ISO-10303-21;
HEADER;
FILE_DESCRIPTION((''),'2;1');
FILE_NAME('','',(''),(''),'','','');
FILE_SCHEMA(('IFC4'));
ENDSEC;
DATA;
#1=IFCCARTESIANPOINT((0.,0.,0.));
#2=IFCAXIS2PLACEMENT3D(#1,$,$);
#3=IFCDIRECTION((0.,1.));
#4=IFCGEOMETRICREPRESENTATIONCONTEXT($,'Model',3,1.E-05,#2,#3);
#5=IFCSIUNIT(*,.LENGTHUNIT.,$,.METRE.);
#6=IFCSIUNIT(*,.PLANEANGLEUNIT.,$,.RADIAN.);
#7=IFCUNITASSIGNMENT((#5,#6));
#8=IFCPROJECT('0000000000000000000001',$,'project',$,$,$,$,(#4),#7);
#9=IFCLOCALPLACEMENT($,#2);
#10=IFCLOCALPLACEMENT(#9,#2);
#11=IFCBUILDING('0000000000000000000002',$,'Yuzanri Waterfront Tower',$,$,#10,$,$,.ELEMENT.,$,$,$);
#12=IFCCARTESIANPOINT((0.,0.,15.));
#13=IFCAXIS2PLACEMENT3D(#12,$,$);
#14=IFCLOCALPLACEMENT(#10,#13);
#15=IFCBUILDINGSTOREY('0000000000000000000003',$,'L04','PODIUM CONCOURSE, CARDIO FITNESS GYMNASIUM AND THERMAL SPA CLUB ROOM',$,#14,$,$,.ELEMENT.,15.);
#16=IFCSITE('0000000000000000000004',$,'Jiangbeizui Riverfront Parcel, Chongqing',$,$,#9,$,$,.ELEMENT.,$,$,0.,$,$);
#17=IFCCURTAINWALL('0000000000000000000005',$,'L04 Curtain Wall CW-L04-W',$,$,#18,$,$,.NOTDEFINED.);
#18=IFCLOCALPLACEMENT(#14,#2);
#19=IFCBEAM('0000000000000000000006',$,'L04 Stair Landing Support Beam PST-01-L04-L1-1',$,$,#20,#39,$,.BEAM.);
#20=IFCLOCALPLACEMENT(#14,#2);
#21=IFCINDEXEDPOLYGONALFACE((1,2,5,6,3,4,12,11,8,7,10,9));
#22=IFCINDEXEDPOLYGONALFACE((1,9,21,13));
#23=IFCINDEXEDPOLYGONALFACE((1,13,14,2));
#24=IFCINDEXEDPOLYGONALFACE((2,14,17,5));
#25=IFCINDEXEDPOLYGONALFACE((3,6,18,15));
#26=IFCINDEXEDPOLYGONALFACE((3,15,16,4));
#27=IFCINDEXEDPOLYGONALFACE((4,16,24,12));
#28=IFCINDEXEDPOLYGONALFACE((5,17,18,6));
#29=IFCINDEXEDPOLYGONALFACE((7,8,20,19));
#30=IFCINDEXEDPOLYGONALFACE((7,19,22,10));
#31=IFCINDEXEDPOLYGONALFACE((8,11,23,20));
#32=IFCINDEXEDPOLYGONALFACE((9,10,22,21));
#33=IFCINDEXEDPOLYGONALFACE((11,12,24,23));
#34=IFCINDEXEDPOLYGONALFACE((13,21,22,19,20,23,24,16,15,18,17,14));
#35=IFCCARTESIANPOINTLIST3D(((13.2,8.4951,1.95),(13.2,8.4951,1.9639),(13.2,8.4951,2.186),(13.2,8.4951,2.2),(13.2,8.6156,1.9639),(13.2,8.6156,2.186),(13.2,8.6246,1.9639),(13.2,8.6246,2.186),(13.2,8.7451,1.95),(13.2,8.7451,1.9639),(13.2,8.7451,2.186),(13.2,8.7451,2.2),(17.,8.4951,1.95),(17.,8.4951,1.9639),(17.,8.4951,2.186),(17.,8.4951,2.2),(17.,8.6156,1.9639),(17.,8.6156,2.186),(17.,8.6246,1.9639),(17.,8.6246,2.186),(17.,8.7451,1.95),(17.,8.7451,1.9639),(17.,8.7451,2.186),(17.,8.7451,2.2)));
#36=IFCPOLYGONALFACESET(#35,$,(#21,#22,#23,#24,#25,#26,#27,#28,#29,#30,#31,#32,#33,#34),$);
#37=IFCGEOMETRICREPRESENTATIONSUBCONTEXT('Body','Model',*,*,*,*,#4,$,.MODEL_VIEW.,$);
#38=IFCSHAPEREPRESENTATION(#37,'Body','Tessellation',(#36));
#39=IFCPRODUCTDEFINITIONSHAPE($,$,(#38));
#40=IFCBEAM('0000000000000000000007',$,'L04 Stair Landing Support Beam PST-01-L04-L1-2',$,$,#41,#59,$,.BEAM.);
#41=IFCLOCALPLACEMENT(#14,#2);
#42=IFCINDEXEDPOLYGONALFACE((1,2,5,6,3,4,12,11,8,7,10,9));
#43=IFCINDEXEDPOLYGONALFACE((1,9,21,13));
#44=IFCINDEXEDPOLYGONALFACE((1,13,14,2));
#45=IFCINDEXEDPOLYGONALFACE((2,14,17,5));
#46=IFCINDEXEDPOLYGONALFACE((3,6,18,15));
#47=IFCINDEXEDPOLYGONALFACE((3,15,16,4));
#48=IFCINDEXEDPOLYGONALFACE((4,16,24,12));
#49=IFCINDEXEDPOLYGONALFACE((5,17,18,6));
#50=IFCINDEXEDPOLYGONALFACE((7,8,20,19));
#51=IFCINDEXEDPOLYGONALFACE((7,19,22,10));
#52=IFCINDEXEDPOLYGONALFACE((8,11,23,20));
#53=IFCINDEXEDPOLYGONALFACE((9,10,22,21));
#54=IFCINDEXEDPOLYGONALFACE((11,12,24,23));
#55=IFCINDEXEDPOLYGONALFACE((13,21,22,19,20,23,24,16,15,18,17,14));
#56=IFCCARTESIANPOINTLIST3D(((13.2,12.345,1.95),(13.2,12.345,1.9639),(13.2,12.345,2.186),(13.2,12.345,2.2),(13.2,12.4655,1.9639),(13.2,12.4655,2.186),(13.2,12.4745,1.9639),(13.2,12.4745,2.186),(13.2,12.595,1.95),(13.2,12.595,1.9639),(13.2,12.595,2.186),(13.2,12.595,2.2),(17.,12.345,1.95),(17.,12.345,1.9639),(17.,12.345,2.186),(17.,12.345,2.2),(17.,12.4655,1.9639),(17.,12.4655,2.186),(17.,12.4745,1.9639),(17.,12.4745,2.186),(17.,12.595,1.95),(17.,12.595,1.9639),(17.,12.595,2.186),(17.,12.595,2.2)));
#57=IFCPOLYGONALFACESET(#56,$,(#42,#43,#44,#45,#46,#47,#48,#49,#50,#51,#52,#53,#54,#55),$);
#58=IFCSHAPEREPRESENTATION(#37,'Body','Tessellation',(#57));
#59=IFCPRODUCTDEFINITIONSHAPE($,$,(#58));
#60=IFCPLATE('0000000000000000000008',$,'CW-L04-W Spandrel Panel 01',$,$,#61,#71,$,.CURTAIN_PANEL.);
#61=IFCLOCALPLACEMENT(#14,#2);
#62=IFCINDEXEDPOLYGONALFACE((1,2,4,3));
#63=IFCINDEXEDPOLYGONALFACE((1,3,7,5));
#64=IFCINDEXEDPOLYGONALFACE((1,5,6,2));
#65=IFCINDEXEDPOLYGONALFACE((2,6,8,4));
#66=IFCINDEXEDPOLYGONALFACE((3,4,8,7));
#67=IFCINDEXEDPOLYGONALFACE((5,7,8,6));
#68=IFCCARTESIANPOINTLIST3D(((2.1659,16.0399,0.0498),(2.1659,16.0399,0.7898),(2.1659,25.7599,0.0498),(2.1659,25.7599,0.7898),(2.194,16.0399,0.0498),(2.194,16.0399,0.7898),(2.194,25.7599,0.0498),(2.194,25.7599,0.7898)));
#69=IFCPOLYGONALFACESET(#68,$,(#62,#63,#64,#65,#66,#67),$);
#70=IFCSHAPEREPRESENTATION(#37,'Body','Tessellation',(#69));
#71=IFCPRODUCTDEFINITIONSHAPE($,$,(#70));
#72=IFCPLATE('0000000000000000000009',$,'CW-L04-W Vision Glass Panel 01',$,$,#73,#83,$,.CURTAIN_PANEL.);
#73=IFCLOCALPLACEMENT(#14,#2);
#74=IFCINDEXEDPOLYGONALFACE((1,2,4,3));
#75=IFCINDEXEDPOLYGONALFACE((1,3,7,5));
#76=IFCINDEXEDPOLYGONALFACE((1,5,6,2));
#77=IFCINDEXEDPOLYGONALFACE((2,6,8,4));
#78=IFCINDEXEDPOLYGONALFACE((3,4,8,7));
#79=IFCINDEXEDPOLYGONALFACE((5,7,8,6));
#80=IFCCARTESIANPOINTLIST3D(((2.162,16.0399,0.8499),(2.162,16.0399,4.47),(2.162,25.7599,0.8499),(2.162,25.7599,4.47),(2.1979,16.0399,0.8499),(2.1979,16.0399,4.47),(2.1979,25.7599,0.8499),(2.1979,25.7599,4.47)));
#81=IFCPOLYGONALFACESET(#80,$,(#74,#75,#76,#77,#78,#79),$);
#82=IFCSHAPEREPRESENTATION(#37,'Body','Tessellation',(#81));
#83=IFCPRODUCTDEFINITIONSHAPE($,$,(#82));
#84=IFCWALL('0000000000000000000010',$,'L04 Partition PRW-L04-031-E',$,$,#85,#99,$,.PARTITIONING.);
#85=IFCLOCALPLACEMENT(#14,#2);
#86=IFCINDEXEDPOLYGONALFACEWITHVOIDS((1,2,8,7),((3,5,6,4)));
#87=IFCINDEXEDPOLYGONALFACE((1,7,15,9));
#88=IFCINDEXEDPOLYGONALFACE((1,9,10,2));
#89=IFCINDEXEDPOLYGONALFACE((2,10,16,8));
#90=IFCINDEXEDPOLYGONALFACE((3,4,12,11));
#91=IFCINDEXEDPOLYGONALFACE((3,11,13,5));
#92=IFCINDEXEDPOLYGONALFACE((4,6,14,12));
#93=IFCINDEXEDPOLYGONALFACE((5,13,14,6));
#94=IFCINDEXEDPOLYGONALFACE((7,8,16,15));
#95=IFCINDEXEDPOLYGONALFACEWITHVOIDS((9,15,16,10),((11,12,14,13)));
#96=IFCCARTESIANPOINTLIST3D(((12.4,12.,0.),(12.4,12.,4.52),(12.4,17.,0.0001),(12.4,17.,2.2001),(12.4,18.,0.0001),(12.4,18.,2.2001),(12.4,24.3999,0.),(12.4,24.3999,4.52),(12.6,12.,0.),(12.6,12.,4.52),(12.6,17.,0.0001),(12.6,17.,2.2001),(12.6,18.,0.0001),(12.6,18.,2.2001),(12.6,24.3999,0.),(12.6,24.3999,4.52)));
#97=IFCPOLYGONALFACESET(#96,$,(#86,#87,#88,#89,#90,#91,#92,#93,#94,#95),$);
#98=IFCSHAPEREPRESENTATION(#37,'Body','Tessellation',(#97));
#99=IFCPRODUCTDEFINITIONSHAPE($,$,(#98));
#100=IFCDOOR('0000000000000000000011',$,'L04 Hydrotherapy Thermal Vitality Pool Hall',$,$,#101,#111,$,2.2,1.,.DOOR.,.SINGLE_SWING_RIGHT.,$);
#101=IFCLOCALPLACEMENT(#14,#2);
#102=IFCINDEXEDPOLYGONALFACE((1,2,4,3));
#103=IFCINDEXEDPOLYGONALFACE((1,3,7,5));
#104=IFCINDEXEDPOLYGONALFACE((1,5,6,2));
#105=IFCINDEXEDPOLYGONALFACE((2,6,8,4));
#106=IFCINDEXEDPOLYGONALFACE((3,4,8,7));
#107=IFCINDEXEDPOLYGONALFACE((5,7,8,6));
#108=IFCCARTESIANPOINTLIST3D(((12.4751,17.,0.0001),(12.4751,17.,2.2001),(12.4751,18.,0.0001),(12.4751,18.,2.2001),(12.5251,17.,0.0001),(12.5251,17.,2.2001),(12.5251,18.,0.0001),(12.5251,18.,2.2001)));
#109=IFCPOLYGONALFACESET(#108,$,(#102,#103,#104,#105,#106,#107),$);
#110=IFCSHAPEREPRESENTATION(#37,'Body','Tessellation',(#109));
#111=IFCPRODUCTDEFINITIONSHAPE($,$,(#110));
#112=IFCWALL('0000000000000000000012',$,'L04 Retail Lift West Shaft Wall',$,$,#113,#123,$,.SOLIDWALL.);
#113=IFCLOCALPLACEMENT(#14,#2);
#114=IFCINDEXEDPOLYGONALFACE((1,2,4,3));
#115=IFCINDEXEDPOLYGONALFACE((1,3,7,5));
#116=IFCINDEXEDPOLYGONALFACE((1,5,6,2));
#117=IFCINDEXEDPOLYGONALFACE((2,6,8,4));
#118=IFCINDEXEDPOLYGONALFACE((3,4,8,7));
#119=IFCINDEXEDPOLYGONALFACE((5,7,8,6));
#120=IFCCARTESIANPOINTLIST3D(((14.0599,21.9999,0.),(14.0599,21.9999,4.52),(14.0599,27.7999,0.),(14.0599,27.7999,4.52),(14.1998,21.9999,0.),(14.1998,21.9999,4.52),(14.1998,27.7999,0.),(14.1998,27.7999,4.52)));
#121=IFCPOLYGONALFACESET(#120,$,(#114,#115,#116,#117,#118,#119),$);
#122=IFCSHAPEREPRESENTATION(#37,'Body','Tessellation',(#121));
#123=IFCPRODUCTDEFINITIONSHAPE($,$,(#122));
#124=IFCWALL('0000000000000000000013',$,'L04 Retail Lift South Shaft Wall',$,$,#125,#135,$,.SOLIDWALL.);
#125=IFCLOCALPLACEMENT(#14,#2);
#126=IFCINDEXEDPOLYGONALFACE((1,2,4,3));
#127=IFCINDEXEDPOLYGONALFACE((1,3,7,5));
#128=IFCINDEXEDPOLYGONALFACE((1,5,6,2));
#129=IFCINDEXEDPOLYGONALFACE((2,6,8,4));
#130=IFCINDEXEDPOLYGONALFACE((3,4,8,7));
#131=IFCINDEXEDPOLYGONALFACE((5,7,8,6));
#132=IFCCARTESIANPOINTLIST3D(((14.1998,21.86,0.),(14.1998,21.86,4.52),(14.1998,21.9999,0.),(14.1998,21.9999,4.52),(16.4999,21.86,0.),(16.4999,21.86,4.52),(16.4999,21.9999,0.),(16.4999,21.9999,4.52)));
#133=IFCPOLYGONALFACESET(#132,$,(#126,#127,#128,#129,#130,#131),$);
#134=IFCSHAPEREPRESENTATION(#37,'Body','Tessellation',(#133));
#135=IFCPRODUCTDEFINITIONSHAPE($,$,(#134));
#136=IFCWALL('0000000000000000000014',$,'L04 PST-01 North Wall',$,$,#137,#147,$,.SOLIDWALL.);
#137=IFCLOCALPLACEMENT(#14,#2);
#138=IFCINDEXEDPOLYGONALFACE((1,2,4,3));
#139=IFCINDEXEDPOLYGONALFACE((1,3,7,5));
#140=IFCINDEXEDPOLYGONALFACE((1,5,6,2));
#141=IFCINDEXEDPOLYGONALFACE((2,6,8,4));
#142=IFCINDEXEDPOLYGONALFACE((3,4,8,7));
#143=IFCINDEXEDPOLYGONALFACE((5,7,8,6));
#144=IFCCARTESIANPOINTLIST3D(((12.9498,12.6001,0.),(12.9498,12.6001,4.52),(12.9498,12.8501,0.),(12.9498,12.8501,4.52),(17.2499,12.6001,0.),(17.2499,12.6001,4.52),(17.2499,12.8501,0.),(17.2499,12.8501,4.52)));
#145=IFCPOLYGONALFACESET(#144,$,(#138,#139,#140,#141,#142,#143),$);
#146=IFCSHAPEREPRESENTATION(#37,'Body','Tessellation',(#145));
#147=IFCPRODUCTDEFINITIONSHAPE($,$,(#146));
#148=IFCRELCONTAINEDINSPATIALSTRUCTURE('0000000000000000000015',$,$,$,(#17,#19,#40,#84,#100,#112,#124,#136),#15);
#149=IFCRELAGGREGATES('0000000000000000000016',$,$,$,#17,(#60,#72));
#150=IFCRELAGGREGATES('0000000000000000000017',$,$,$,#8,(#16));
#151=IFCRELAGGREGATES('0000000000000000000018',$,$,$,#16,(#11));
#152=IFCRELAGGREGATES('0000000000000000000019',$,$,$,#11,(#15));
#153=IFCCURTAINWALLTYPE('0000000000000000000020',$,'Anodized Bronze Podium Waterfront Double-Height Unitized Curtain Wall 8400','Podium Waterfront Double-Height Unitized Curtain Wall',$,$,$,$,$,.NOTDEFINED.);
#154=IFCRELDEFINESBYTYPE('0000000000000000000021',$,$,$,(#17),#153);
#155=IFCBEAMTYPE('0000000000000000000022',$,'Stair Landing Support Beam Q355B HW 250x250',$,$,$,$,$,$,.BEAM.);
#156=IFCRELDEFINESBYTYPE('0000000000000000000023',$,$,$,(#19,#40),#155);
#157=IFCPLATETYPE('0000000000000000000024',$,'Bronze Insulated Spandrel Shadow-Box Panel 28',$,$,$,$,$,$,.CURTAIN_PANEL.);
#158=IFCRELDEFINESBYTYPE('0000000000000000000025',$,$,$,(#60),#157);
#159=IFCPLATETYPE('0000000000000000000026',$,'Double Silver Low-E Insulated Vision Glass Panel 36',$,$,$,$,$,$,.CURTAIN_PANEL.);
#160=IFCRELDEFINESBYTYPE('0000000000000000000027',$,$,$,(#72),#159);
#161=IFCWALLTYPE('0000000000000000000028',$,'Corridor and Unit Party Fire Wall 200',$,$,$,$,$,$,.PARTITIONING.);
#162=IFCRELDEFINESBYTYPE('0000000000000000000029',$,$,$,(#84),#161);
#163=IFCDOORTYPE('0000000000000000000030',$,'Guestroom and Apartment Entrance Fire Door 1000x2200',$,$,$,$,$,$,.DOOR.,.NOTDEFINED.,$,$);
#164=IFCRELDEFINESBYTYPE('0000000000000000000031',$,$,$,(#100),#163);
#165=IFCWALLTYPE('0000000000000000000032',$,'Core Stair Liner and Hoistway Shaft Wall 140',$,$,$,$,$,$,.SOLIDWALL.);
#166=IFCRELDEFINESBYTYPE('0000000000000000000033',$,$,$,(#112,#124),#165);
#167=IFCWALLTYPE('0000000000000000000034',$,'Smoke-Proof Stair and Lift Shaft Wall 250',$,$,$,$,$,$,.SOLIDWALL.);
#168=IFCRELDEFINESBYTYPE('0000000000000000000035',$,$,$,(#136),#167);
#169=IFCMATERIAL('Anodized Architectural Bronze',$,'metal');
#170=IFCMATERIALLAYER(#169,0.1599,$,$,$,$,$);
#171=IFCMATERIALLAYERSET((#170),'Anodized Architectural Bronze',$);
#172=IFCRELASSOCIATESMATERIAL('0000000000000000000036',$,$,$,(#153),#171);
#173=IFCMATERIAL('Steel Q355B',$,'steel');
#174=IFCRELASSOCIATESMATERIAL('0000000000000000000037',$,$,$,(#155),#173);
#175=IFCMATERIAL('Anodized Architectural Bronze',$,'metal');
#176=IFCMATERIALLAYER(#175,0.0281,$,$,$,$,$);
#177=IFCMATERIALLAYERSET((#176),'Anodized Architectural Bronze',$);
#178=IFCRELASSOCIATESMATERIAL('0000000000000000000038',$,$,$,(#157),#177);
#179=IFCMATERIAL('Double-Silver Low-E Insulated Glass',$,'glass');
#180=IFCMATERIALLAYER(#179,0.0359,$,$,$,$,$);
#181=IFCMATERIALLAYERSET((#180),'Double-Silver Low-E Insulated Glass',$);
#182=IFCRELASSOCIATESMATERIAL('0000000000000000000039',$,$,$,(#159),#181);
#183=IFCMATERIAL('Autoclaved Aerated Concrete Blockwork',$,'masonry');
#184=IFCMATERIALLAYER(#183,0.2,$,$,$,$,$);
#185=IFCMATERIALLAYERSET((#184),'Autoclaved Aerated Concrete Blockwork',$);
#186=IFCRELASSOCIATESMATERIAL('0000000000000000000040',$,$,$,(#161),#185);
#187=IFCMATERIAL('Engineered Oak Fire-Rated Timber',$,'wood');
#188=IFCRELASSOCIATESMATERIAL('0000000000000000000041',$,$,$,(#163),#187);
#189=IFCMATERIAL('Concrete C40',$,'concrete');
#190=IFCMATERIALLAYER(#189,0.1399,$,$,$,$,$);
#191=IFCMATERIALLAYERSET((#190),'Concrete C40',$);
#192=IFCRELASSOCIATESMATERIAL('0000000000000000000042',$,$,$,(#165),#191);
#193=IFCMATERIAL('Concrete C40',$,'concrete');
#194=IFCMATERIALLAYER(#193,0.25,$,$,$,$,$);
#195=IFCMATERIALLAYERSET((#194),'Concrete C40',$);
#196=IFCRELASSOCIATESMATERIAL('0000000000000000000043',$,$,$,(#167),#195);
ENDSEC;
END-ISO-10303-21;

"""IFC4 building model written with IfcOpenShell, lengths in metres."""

from ifc_helpers import new_model, si_unit, direction, frame, frame_2d, origin, origin_2d, place, context, subcontext, project, spatial, rectangle, i_section, extrude, source, transform, mapped, material, layer, layer_set, material_profile, profile_set, type_object, element, fill, aggregate, save


model = new_model("IFC4")

# Units and contexts
model_context = context("Model", 3, precision=1e-05, world=origin(), true_north=direction((0.0, 1.0)))
body_context = subcontext(model_context, "Body", "Model", "MODEL_VIEW")
ifc_project = project(units=[si_unit("LENGTHUNIT", "METRE"), si_unit("PLANEANGLEUNIT", "RADIAN")], contexts=[model_context])

# Site, building, storey
site_placement = place(None, origin())
site = spatial("IfcSite", under=ifc_project, at=site_placement, Name="Jiangbeizui Riverfront Parcel, Chongqing", CompositionType="ELEMENT", RefElevation=0.0)
building_placement = place(site_placement, origin())
building = spatial("IfcBuilding", under=site, at=building_placement, Name="Yuzanri Waterfront Tower", CompositionType="ELEMENT")
storey_placement = place(building_placement, frame((0.0, 0.0, 15.0)))
storey = spatial("IfcBuildingStorey", under=building, at=storey_placement, Name="L04", Description="PODIUM CONCOURSE, CARDIO FITNESS GYMNASIUM AND THERMAL SPA CLUB ROOM", CompositionType="ELEMENT", Elevation=15.0)

# Curtain wall
ifc_material_1 = material(Name="Anodized Architectural Bronze", Category="metal")
ifc_layer_1 = layer(ifc_material_1, 0.1599)
ifc_layer_set_1 = layer_set([ifc_layer_1], Name="Anodized Architectural Bronze")
curtain_wall_type = type_object("IfcCurtainWallType", Name="Anodized Bronze Podium Waterfront Double-Height Unitized Curtain Wall 8400", Description="Podium Waterfront Double-Height Unitized Curtain Wall", PredefinedType="NOTDEFINED", material=ifc_layer_set_1)
curtain_wall_placement = place(storey_placement, origin())
curtain_wall = element("IfcCurtainWall", 1, at=curtain_wall_placement, inside=storey, type_object=curtain_wall_type, Name="L04 Curtain Wall CW-L04-W", PredefinedType="NOTDEFINED")

# Beams
ifc_material_2 = material(Name="Steel Q355B", Category="steel")
ifc_material_profile_1 = material_profile(ifc_material_2, i_section(OverallWidth=0.25, OverallDepth=0.25, WebThickness=0.009, FlangeThickness=0.0139, at=origin_2d()), Name="HW 250x250x9x14")
ifc_profile_set_1 = profile_set([ifc_material_profile_1], Name="Steel Q355B")
beam_type_1 = type_object("IfcBeamType", Name="Stair Landing Support Beam Q355B HW 250x250", PredefinedType="BEAM", material=ifc_profile_set_1)
shared_shape_1 = source(origin(), body_context, "Body", "SweptSolid", [
    extrude(i_section(OverallWidth=0.25, OverallDepth=0.25, WebThickness=0.009, FlangeThickness=0.0139, at=origin_2d()), origin(), (0.0, 0.0, 1.0), 3.8),
])
for number, where, z_axis, x_axis, name in (
    (2, (13.2, 8.6201, 2.075), (1.0, 0.0, 0.0), (0.0, 1.0, 0.0), "L04 Stair Landing Support Beam PST-01-L04-L1-1"),
    (3, (13.2, 12.47, 2.075), (1.0, 0.0, 0.0), (0.0, 1.0, 0.0), "L04 Stair Landing Support Beam PST-01-L04-L1-2"),
):
    element("IfcBeam", number, at=place(storey_placement, frame(where, z_axis=z_axis, x_axis=x_axis)), inside=storey, type_object=beam_type_1, Name=name, PredefinedType="BEAM", context=body_context, shape_type="MappedRepresentation", body=[
        mapped(shared_shape_1, transform((0.0, 0.0, 0.0), scale=1.0)),
    ])

# Plates
ifc_material_3 = material(Name="Anodized Architectural Bronze", Category="metal")
ifc_layer_2 = layer(ifc_material_3, 0.0281)
ifc_layer_set_2 = layer_set([ifc_layer_2], Name="Anodized Architectural Bronze")
plate_type_1 = type_object("IfcPlateType", Name="Bronze Insulated Spandrel Shadow-Box Panel 28", PredefinedType="CURTAIN_PANEL", material=ifc_layer_set_2)
shared_shape_2 = source(origin(), body_context, "Body", "SweptSolid", [
    extrude(rectangle(XDim=9.72, YDim=0.0281, at=origin_2d()), origin(), (0.0, 0.0, 1.0), 0.74),
])
plate_1_placement = place(storey_placement, frame((2.1799, 20.8999, 0.0498), z_axis=(0.0, 0.0, 1.0), x_axis=(0.0, 1.0, 0.0)))
plate_1 = element("IfcPlate", 4, at=plate_1_placement, type_object=plate_type_1, Name="CW-L04-W Spandrel Panel 01", PredefinedType="CURTAIN_PANEL", context=body_context, shape_type="MappedRepresentation", body=[
    mapped(shared_shape_2, transform((0.0, 0.0, 0.0), scale=1.0)),
])
ifc_material_4 = material(Name="Double-Silver Low-E Insulated Glass", Category="glass")
ifc_layer_3 = layer(ifc_material_4, 0.0359)
ifc_layer_set_3 = layer_set([ifc_layer_3], Name="Double-Silver Low-E Insulated Glass")
plate_type_2 = type_object("IfcPlateType", Name="Double Silver Low-E Insulated Vision Glass Panel 36", PredefinedType="CURTAIN_PANEL", material=ifc_layer_set_3)
shared_shape_3 = source(origin(), body_context, "Body", "SweptSolid", [
    extrude(rectangle(XDim=9.72, YDim=0.0359, at=origin_2d()), origin(), (0.0, 0.0, 1.0), 3.6201),
])
plate_2_placement = place(storey_placement, frame((2.1799, 20.8999, 0.8499), z_axis=(0.0, 0.0, 1.0), x_axis=(0.0, 1.0, 0.0)))
plate_2 = element("IfcPlate", 5, at=plate_2_placement, type_object=plate_type_2, Name="CW-L04-W Vision Glass Panel 01", PredefinedType="CURTAIN_PANEL", context=body_context, shape_type="MappedRepresentation", body=[
    mapped(shared_shape_3, transform((0.0, 0.0, 0.0), scale=1.0)),
])
aggregate(curtain_wall, [plate_1, plate_2])

# Wall, opening, door
ifc_material_5 = material(Name="Autoclaved Aerated Concrete Blockwork", Category="masonry")
ifc_layer_4 = layer(ifc_material_5, 0.2)
ifc_layer_set_4 = layer_set([ifc_layer_4], Name="Autoclaved Aerated Concrete Blockwork")
wall_type_1 = type_object("IfcWallType", Name="Corridor and Unit Party Fire Wall 200", PredefinedType="PARTITIONING", material=ifc_layer_set_4)
wall_1_placement = place(storey_placement, frame((12.5, 12.0, 0.0), z_axis=(0.0, 0.0, 1.0), x_axis=(0.0, 1.0, 0.0)))
wall_1 = element("IfcWall", 6, at=wall_1_placement, inside=storey, type_object=wall_type_1, Name="L04 Partition PRW-L04-031-E", PredefinedType="PARTITIONING", context=body_context, shape_type="SweptSolid", body=[
    extrude(rectangle(XDim=12.3999, YDim=0.2, at=frame_2d((6.2, 0.0))), origin(), (0.0, 0.0, 1.0), 4.52),
])
opening_placement = place(wall_1_placement, frame((5.0, 0.0, 0.0)))
opening = element("IfcOpeningElement", 7, at=opening_placement, cuts=wall_1, PredefinedType="OPENING", context=body_context, shape_type="SweptSolid", body=[
    extrude(rectangle(XDim=1.0, YDim=2.2, at=frame_2d((0.5, 1.1001))), frame((0.0, 0.1147, 0.0), z_axis=(0.0, -1.0, 0.0), x_axis=(1.0, 0.0, 0.0)), (0.0, 0.0, 1.0), 0.2297),
])
ifc_material_6 = material(Name="Engineered Oak Fire-Rated Timber", Category="wood")
door_type = type_object("IfcDoorType", Name="Guestroom and Apartment Entrance Fire Door 1000x2200", OperationType="NOTDEFINED", PredefinedType="DOOR", material=ifc_material_6)
shared_shape_4 = source(origin(), body_context, "Body", "SweptSolid", [
    extrude(rectangle(XDim=1.0, YDim=2.2, at=frame_2d((0.5, 1.1001))), frame((0.0, 0.0249, 0.0), z_axis=(0.0, -1.0, 0.0), x_axis=(1.0, 0.0, 0.0)), (0.0, 0.0, 1.0), 0.05),
])
door_placement = place(opening_placement, origin())
door = element("IfcDoor", 8, at=door_placement, inside=storey, type_object=door_type, Name="L04 Hydrotherapy Thermal Vitality Pool Hall", OperationType="SINGLE_SWING_RIGHT", OverallHeight=2.2, OverallWidth=1.0, PredefinedType="DOOR", context=body_context, shape_type="MappedRepresentation", body=[
    mapped(shared_shape_4, transform((0.0, 0.0, 0.0), scale=1.0)),
])
fill(opening, door)

# Walls
ifc_material_7 = material(Name="Concrete C40", Category="concrete")
ifc_layer_5 = layer(ifc_material_7, 0.1399)
ifc_layer_set_5 = layer_set([ifc_layer_5], Name="Concrete C40")
wall_type_2 = type_object("IfcWallType", Name="Core Stair Liner and Hoistway Shaft Wall 140", PredefinedType="SOLIDWALL", material=ifc_layer_set_5)
shared_shape_5 = source(origin(), body_context, "Body", "SweptSolid", [
    extrude(rectangle(XDim=5.8, YDim=0.1399, at=frame_2d((2.8999, 0.0))), origin(), (0.0, 0.0, 1.0), 4.52),
])
wall_2_placement = place(storey_placement, frame((14.1299, 22.0, 0.0), z_axis=(0.0, 0.0, 1.0), x_axis=(0.0, 1.0, 0.0)))
element("IfcWall", 9, at=wall_2_placement, inside=storey, type_object=wall_type_2, Name="L04 Retail Lift West Shaft Wall", PredefinedType="SOLIDWALL", context=body_context, shape_type="MappedRepresentation", body=[
    mapped(shared_shape_5, transform((0.0, 0.0, 0.0), scale=1.0)),
])
shared_shape_6 = source(origin(), body_context, "Body", "SweptSolid", [
    extrude(rectangle(XDim=2.3, YDim=0.1399, at=frame_2d((1.1499, 0.0))), origin(), (0.0, 0.0, 1.0), 4.52),
])
wall_3_placement = place(storey_placement, frame((14.2, 21.9299, 0.0), z_axis=(0.0, 0.0, 1.0), x_axis=(1.0, 0.0, 0.0)))
element("IfcWall", 10, at=wall_3_placement, inside=storey, type_object=wall_type_2, Name="L04 Retail Lift South Shaft Wall", PredefinedType="SOLIDWALL", context=body_context, shape_type="MappedRepresentation", body=[
    mapped(shared_shape_6, transform((0.0, 0.0, 0.0), scale=1.0)),
])
ifc_material_8 = material(Name="Concrete C40", Category="concrete")
ifc_layer_6 = layer(ifc_material_8, 0.25)
ifc_layer_set_6 = layer_set([ifc_layer_6], Name="Concrete C40")
wall_type_3 = type_object("IfcWallType", Name="Smoke-Proof Stair and Lift Shaft Wall 250", PredefinedType="SOLIDWALL", material=ifc_layer_set_6)
shared_shape_7 = source(origin(), body_context, "Body", "SweptSolid", [
    extrude(rectangle(XDim=4.3, YDim=0.25, at=frame_2d((2.1499, 0.0))), origin(), (0.0, 0.0, 1.0), 4.52),
])
wall_4_placement = place(storey_placement, frame((12.95, 12.7251, 0.0), z_axis=(0.0, 0.0, 1.0), x_axis=(1.0, 0.0, 0.0)))
element("IfcWall", 11, at=wall_4_placement, inside=storey, type_object=wall_type_3, Name="L04 PST-01 North Wall", PredefinedType="SOLIDWALL", context=body_context, shape_type="MappedRepresentation", body=[
    mapped(shared_shape_7, transform((0.0, 0.0, 0.0), scale=1.0)),
])

save(model, "model.ifc")
